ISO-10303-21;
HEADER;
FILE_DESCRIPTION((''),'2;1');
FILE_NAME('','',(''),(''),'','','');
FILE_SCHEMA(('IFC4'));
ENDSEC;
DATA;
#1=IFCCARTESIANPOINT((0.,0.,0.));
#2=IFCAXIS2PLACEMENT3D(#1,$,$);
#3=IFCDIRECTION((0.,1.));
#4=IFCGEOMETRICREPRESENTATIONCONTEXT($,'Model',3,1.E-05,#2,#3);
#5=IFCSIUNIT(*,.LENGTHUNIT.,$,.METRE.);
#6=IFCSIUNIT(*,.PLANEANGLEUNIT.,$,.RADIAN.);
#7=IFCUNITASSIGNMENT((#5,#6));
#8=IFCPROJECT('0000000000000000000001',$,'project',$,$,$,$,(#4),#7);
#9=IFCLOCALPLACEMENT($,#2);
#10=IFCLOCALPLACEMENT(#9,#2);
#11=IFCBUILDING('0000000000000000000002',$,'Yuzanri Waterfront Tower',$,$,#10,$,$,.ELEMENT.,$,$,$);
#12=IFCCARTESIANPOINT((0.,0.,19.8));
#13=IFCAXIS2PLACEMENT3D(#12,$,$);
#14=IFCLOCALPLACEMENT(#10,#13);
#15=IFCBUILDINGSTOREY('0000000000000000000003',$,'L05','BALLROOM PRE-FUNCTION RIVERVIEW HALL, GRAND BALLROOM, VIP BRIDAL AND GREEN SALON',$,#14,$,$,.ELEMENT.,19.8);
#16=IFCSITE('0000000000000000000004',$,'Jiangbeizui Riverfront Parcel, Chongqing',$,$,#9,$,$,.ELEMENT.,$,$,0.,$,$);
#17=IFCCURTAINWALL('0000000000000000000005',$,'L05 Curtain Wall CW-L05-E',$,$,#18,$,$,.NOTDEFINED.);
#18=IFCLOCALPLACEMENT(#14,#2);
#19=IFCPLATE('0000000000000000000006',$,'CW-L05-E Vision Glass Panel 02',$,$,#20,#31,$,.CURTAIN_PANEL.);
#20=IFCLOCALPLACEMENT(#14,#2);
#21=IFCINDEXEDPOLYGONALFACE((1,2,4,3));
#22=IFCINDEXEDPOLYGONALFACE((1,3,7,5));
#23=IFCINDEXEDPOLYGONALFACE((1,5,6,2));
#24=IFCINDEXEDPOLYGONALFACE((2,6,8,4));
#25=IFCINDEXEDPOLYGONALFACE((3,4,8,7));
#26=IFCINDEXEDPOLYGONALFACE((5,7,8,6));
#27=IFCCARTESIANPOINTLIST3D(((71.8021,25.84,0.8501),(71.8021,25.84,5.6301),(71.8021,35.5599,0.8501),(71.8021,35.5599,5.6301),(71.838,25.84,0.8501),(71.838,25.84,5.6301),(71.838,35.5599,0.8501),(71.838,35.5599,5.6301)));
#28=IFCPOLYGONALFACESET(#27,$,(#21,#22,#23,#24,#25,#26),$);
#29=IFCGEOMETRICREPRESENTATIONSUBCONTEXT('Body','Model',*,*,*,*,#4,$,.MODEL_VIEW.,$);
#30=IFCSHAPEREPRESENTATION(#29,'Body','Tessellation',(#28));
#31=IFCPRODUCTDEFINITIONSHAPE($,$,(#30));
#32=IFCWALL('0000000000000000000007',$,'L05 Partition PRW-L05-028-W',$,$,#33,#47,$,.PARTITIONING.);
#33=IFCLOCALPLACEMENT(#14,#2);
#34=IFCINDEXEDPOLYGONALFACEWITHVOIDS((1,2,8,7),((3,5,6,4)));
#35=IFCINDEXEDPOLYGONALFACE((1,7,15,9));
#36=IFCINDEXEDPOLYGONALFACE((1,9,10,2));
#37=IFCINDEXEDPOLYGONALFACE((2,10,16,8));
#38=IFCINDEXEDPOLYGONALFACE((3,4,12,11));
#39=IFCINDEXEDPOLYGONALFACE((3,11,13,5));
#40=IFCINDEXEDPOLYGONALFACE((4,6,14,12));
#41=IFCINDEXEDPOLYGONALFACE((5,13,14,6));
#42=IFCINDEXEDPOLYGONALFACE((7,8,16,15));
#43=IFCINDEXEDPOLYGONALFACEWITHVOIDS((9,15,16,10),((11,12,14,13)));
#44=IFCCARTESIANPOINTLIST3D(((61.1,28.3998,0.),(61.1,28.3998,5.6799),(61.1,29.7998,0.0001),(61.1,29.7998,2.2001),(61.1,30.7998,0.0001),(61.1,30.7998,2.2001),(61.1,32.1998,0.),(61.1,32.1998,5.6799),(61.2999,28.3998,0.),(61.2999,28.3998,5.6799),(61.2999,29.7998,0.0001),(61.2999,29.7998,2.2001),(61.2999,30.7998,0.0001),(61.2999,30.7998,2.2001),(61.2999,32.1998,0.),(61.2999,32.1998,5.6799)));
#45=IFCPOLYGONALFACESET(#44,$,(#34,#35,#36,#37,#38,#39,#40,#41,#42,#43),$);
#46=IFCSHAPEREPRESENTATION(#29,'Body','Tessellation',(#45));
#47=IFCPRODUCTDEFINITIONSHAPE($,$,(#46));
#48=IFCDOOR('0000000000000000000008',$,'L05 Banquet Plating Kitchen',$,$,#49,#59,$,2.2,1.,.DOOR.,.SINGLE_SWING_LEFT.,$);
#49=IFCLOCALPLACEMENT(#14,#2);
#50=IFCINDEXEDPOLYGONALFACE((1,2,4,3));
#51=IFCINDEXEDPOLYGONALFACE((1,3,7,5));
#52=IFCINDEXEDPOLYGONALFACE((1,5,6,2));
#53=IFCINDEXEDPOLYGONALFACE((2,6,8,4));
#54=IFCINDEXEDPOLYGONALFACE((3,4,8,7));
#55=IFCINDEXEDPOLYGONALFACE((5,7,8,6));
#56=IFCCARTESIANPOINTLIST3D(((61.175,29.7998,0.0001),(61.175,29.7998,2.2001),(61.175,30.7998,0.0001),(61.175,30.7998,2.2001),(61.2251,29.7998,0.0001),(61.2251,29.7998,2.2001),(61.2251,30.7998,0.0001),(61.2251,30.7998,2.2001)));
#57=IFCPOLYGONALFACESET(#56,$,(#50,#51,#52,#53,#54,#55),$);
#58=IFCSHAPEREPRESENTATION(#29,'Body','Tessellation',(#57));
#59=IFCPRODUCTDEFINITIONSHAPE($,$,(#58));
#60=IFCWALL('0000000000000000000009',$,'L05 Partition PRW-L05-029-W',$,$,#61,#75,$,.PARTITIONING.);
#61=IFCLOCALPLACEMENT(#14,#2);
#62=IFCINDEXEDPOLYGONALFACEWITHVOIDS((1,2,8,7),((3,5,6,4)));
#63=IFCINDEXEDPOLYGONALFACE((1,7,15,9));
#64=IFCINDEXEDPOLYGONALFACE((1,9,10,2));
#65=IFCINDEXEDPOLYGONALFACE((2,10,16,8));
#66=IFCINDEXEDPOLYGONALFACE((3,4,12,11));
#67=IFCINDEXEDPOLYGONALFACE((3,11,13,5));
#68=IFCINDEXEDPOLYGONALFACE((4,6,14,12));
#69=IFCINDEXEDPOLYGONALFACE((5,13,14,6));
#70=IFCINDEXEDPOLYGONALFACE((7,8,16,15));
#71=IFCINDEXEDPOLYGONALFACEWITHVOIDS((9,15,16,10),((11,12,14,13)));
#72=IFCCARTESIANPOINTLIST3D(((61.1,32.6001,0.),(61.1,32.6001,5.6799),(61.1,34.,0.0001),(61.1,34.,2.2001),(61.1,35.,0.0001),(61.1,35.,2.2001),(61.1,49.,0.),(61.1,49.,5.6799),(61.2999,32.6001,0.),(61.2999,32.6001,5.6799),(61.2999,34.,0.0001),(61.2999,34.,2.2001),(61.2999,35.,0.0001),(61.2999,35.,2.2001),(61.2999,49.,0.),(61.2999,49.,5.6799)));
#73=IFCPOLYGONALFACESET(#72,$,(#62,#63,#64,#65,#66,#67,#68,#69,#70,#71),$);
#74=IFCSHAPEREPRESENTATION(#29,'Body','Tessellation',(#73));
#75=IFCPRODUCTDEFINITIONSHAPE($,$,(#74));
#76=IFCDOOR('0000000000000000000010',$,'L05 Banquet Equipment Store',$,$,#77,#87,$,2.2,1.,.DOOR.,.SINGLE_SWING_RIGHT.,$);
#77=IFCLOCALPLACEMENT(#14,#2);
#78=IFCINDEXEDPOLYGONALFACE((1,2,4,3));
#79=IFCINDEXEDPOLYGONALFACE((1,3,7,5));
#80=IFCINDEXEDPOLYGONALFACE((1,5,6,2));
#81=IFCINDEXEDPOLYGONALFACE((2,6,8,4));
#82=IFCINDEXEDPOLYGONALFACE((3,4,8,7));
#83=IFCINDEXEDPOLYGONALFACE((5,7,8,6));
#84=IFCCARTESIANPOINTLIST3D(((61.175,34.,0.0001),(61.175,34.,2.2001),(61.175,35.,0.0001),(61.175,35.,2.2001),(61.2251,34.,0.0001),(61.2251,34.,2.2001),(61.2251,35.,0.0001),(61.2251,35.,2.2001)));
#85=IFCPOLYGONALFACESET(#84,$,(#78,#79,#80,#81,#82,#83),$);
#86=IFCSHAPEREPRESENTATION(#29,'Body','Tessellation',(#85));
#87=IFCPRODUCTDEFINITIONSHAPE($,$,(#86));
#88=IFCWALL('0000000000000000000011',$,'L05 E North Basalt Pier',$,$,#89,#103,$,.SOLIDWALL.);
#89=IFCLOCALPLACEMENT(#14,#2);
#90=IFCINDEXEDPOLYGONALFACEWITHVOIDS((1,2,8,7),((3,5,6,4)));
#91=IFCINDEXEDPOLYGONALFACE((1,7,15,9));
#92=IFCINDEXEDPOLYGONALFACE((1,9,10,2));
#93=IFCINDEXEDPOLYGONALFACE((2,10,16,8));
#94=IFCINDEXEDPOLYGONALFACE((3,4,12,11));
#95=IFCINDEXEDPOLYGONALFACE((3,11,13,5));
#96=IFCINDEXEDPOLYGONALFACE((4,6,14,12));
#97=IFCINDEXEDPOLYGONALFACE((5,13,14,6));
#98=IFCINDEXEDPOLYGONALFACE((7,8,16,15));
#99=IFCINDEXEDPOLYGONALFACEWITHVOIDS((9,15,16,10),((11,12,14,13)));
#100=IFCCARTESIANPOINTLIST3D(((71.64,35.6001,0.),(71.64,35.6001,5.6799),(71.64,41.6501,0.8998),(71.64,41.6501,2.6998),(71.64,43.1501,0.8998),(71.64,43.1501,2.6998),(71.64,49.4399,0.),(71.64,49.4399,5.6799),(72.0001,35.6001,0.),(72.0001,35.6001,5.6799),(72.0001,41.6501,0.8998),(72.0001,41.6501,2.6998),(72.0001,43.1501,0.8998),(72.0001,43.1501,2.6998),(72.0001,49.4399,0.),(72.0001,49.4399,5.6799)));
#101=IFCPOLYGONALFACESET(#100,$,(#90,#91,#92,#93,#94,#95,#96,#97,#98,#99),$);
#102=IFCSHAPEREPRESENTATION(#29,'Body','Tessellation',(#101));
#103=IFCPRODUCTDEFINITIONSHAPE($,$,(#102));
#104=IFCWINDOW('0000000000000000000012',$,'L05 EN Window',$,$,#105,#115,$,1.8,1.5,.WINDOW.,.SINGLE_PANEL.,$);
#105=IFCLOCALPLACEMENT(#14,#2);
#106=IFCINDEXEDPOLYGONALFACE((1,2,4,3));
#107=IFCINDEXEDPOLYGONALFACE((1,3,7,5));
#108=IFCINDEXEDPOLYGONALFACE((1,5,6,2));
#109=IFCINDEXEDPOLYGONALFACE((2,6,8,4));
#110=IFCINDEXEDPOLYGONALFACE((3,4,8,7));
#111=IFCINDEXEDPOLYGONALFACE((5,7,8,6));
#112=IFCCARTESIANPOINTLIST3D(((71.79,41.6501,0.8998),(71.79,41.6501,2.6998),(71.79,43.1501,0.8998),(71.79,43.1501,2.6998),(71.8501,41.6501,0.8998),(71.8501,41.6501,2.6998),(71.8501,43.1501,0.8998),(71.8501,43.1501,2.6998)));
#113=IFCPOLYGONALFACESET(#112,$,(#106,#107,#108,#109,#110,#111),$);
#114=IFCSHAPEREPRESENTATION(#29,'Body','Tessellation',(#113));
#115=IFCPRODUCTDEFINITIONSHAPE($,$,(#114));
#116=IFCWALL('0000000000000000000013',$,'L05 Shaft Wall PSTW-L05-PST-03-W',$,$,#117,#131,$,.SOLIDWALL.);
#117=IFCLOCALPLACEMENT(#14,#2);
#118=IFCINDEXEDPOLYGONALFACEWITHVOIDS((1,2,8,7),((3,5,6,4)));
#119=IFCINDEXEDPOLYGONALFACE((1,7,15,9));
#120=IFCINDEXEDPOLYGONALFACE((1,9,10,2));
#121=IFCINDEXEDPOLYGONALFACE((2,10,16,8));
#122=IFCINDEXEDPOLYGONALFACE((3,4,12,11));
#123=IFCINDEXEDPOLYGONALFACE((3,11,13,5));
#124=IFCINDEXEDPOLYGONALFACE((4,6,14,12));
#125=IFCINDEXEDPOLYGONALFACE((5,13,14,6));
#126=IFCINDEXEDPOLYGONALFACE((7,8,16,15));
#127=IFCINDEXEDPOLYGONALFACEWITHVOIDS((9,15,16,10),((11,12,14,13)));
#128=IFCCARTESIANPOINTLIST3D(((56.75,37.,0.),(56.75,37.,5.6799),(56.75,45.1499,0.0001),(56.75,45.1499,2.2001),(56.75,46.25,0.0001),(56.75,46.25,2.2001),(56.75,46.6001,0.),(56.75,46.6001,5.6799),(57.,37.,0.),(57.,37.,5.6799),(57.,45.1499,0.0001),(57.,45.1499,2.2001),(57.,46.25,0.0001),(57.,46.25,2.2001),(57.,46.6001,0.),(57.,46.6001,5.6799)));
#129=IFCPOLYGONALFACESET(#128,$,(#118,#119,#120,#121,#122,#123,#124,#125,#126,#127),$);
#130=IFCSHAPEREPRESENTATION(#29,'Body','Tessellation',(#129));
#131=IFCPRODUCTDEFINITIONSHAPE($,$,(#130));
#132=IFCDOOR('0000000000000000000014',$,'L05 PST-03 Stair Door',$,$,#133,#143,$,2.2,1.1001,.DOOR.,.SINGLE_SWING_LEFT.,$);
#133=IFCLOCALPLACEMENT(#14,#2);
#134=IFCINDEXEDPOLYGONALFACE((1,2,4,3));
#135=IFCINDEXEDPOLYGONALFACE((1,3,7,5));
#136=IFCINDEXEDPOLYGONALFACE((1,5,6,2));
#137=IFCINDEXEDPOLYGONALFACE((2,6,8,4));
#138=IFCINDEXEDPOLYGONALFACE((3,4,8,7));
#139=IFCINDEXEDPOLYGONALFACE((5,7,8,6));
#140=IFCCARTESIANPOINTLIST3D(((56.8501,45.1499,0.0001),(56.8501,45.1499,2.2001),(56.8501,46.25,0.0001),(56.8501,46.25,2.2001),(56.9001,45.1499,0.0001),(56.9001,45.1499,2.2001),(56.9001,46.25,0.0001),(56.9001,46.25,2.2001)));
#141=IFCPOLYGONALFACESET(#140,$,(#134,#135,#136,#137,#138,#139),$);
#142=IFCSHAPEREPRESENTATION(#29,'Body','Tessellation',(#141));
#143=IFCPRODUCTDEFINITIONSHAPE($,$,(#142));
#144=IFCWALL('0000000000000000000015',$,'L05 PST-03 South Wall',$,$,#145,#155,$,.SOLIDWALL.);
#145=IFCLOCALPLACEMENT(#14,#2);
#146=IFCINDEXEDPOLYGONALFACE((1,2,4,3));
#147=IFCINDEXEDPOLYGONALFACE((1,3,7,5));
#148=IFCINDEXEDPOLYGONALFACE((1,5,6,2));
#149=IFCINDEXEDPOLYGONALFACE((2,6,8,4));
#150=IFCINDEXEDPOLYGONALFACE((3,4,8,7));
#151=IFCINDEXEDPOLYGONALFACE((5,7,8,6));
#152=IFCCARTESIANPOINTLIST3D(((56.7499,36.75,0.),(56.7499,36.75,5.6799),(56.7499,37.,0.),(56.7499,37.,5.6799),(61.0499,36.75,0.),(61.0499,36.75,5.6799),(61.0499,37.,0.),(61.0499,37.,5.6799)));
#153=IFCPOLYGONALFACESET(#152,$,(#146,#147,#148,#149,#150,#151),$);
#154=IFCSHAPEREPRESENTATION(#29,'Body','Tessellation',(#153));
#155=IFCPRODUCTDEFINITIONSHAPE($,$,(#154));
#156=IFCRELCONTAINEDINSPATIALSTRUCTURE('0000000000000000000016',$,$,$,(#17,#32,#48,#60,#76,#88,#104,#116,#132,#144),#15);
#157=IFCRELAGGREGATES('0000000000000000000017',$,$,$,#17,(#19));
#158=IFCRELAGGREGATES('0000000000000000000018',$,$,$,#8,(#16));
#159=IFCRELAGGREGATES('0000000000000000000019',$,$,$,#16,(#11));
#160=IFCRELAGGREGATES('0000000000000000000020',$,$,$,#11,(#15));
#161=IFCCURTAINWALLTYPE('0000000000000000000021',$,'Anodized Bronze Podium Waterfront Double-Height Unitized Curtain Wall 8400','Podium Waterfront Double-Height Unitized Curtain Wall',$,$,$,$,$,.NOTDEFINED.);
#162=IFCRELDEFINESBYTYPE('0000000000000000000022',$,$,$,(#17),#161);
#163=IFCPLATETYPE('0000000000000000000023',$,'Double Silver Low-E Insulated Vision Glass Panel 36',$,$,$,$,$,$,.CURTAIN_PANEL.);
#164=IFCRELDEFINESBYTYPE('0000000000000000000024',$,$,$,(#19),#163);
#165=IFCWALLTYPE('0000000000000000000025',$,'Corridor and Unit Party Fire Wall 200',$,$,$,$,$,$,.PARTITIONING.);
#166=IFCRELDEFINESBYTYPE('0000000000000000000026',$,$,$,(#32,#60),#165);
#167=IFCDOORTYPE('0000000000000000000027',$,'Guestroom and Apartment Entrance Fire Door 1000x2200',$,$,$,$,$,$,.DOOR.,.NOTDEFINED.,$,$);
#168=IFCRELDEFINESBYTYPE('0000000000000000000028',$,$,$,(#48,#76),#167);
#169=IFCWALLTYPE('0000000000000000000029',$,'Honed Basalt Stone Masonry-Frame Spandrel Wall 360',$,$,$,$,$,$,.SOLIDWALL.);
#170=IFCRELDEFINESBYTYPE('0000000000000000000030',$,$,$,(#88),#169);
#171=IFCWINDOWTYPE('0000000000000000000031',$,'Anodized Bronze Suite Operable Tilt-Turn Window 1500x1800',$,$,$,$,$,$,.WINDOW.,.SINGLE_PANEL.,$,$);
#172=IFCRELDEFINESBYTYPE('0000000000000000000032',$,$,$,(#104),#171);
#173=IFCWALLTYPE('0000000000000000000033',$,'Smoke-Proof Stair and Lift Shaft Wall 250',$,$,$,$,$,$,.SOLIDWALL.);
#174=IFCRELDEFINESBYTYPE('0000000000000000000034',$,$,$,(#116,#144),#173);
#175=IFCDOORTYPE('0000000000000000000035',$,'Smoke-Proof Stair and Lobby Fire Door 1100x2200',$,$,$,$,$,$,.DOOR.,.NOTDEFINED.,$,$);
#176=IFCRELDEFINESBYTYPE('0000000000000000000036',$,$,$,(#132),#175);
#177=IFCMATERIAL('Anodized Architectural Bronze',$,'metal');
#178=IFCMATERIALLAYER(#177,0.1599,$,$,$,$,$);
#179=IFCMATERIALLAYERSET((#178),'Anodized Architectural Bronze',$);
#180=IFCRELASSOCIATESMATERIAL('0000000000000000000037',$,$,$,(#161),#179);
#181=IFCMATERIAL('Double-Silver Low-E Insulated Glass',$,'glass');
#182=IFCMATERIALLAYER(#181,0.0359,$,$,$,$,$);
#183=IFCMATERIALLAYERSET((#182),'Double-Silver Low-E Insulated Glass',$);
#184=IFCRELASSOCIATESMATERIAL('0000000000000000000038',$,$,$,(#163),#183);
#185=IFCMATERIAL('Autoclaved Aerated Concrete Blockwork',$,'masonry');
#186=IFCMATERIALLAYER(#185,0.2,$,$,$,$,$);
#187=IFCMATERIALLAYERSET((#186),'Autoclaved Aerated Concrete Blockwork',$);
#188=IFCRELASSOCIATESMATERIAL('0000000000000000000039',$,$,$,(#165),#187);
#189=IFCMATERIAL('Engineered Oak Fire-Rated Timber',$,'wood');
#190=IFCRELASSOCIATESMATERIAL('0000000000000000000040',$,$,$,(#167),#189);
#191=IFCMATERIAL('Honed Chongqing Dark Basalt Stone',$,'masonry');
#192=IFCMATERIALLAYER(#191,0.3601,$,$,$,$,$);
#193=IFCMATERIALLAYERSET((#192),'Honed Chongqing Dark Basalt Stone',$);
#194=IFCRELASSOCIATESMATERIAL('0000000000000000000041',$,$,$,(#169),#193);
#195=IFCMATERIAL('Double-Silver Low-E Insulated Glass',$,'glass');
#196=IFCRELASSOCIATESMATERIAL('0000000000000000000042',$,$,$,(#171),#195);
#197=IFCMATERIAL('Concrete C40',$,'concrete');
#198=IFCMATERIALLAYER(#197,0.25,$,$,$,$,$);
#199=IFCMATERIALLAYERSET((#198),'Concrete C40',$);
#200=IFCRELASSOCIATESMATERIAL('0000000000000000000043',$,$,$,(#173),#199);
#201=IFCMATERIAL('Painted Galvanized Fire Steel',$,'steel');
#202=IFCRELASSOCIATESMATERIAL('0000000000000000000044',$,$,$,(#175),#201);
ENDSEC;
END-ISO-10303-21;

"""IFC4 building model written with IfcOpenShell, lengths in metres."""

from ifc_helpers import new_model, si_unit, direction, frame, frame_2d, origin, origin_2d, place, context, subcontext, project, spatial, rectangle, extrude, source, transform, mapped, material, layer, layer_set, type_object, element, fill, aggregate, save


model = new_model("IFC4")

# Units and contexts
model_context = context("Model", 3, precision=1e-05, world=origin(), true_north=direction((0.0, 1.0)))
body_context = subcontext(model_context, "Body", "Model", "MODEL_VIEW")
ifc_project = project(units=[si_unit("LENGTHUNIT", "METRE"), si_unit("PLANEANGLEUNIT", "RADIAN")], contexts=[model_context])

# Site, building, storey
site_placement = place(None, origin())
site = spatial("IfcSite", under=ifc_project, at=site_placement, Name="Jiangbeizui Riverfront Parcel, Chongqing", CompositionType="ELEMENT", RefElevation=0.0)
building_placement = place(site_placement, origin())
building = spatial("IfcBuilding", under=site, at=building_placement, Name="Yuzanri Waterfront Tower", CompositionType="ELEMENT")
storey_placement = place(building_placement, frame((0.0, 0.0, 19.8)))
storey = spatial("IfcBuildingStorey", under=building, at=storey_placement, Name="L05", Description="BALLROOM PRE-FUNCTION RIVERVIEW HALL, GRAND BALLROOM, VIP BRIDAL AND GREEN SALON", CompositionType="ELEMENT", Elevation=19.8)

# Curtain wall, plate
ifc_material_1 = material(Name="Anodized Architectural Bronze", Category="metal")
ifc_layer_1 = layer(ifc_material_1, 0.1599)
ifc_layer_set_1 = layer_set([ifc_layer_1], Name="Anodized Architectural Bronze")
curtain_wall_type = type_object("IfcCurtainWallType", Name="Anodized Bronze Podium Waterfront Double-Height Unitized Curtain Wall 8400", Description="Podium Waterfront Double-Height Unitized Curtain Wall", PredefinedType="NOTDEFINED", material=ifc_layer_set_1)
curtain_wall_placement = place(storey_placement, origin())
curtain_wall = element("IfcCurtainWall", 1, at=curtain_wall_placement, inside=storey, type_object=curtain_wall_type, Name="L05 Curtain Wall CW-L05-E", PredefinedType="NOTDEFINED")
ifc_material_2 = material(Name="Double-Silver Low-E Insulated Glass", Category="glass")
ifc_layer_2 = layer(ifc_material_2, 0.0359)
ifc_layer_set_2 = layer_set([ifc_layer_2], Name="Double-Silver Low-E Insulated Glass")
plate_type_1 = type_object("IfcPlateType", Name="Double Silver Low-E Insulated Vision Glass Panel 36", PredefinedType="CURTAIN_PANEL", material=ifc_layer_set_2)
shared_shape_1 = source(origin(), body_context, "Body", "SweptSolid", [
    extrude(rectangle(XDim=9.72, YDim=0.0359, at=origin_2d()), origin(), (0.0, 0.0, 1.0), 4.78),
])
plate_1_placement = place(storey_placement, frame((71.8201, 30.7, 0.8501), z_axis=(0.0, 0.0, 1.0), x_axis=(0.0, 1.0, 0.0)))
plate_1 = element("IfcPlate", 2, at=plate_1_placement, type_object=plate_type_1, Name="CW-L05-E Vision Glass Panel 02", PredefinedType="CURTAIN_PANEL", context=body_context, shape_type="MappedRepresentation", body=[
    mapped(shared_shape_1, transform((0.0, 0.0, 0.0), scale=1.0)),
])
aggregate(curtain_wall, [plate_1])

# Walls, openings, doors
ifc_material_3 = material(Name="Autoclaved Aerated Concrete Blockwork", Category="masonry")
ifc_layer_3 = layer(ifc_material_3, 0.2)
ifc_layer_set_3 = layer_set([ifc_layer_3], Name="Autoclaved Aerated Concrete Blockwork")
wall_type_1 = type_object("IfcWallType", Name="Corridor and Unit Party Fire Wall 200", PredefinedType="PARTITIONING", material=ifc_layer_set_3)
wall_1_placement = place(storey_placement, frame((61.2, 28.3999, 0.0), z_axis=(0.0, 0.0, 1.0), x_axis=(0.0, 1.0, 0.0)))
wall_1 = element("IfcWall", 3, at=wall_1_placement, inside=storey, type_object=wall_type_1, Name="L05 Partition PRW-L05-028-W", PredefinedType="PARTITIONING", context=body_context, shape_type="SweptSolid", body=[
    extrude(rectangle(XDim=3.8, YDim=0.2, at=frame_2d((1.8999, 0.0))), origin(), (0.0, 0.0, 1.0), 5.6799),
])
opening_1_placement = place(wall_1_placement, frame((1.3999, 0.0, 0.0)))
opening_1 = element("IfcOpeningElement", 4, at=opening_1_placement, cuts=wall_1, PredefinedType="OPENING", context=body_context, shape_type="SweptSolid", body=[
    extrude(rectangle(XDim=1.0, YDim=2.2, at=frame_2d((0.5, 1.1001))), frame((0.0, 0.1147, 0.0), z_axis=(0.0, -1.0, 0.0), x_axis=(1.0, 0.0, 0.0)), (0.0, 0.0, 1.0), 0.2297),
])
ifc_material_4 = material(Name="Engineered Oak Fire-Rated Timber", Category="wood")
door_type_1 = type_object("IfcDoorType", Name="Guestroom and Apartment Entrance Fire Door 1000x2200", OperationType="NOTDEFINED", PredefinedType="DOOR", material=ifc_material_4)
shared_shape_2 = source(origin(), body_context, "Body", "SweptSolid", [
    extrude(rectangle(XDim=1.0, YDim=2.2, at=frame_2d((0.5, 1.1001))), frame((0.0, 0.0249, 0.0), z_axis=(0.0, -1.0, 0.0), x_axis=(1.0, 0.0, 0.0)), (0.0, 0.0, 1.0), 0.05),
])
door_1_placement = place(opening_1_placement, origin())
door_1 = element("IfcDoor", 5, at=door_1_placement, inside=storey, type_object=door_type_1, Name="L05 Banquet Plating Kitchen", OperationType="SINGLE_SWING_LEFT", OverallHeight=2.2, OverallWidth=1.0, PredefinedType="DOOR", context=body_context, shape_type="MappedRepresentation", body=[
    mapped(shared_shape_2, transform((0.0, 0.0, 0.0), scale=1.0)),
])
fill(opening_1, door_1)
wall_2_placement = place(storey_placement, frame((61.2, 32.6001, 0.0), z_axis=(0.0, 0.0, 1.0), x_axis=(0.0, 1.0, 0.0)))
wall_2 = element("IfcWall", 6, at=wall_2_placement, inside=storey, type_object=wall_type_1, Name="L05 Partition PRW-L05-029-W", PredefinedType="PARTITIONING", context=body_context, shape_type="SweptSolid", body=[
    extrude(rectangle(XDim=16.3999, YDim=0.2, at=frame_2d((8.2, 0.0))), origin(), (0.0, 0.0, 1.0), 5.6799),
])
opening_2_placement = place(wall_2_placement, frame((1.3999, 0.0, 0.0)))
opening_2 = element("IfcOpeningElement", 7, at=opening_2_placement, cuts=wall_2, PredefinedType="OPENING", context=body_context, shape_type="SweptSolid", body=[
    extrude(rectangle(XDim=1.0, YDim=2.2, at=frame_2d((0.5, 1.1001))), frame((0.0, 0.1147, 0.0), z_axis=(0.0, -1.0, 0.0), x_axis=(1.0, 0.0, 0.0)), (0.0, 0.0, 1.0), 0.2297),
])
door_2_placement = place(opening_2_placement, origin())
door_2 = element("IfcDoor", 8, at=door_2_placement, inside=storey, type_object=door_type_1, Name="L05 Banquet Equipment Store", OperationType="SINGLE_SWING_RIGHT", OverallHeight=2.2, OverallWidth=1.0, PredefinedType="DOOR", context=body_context, shape_type="MappedRepresentation", body=[
    mapped(shared_shape_2, transform((0.0, 0.0, 0.0), scale=1.0)),
])
fill(opening_2, door_2)

# Wall, opening, window
ifc_material_5 = material(Name="Honed Chongqing Dark Basalt Stone", Category="masonry")
ifc_layer_4 = layer(ifc_material_5, 0.3601)
ifc_layer_set_4 = layer_set([ifc_layer_4], Name="Honed Chongqing Dark Basalt Stone")
wall_type_2 = type_object("IfcWallType", Name="Honed Basalt Stone Masonry-Frame Spandrel Wall 360", PredefinedType="SOLIDWALL", material=ifc_layer_set_4)
wall_3_placement = place(storey_placement, frame((71.8201, 35.6001, 0.0), z_axis=(0.0, 0.0, 1.0), x_axis=(0.0, 1.0, 0.0)))
wall_3 = element("IfcWall", 9, at=wall_3_placement, inside=storey, type_object=wall_type_2, Name="L05 E North Basalt Pier", PredefinedType="SOLIDWALL", context=body_context, shape_type="SweptSolid", body=[
    extrude(rectangle(XDim=13.8398, YDim=0.3601, at=frame_2d((6.9199, 0.0))), origin(), (0.0, 0.0, 1.0), 5.6799),
])
opening_3_placement = place(wall_3_placement, frame((6.05, 0.0, 0.8999)))
opening_3 = element("IfcOpeningElement", 10, at=opening_3_placement, cuts=wall_3, PredefinedType="OPENING", context=body_context, shape_type="SweptSolid", body=[
    extrude(rectangle(XDim=1.5, YDim=1.8, at=frame_2d((0.75, 0.8999))), frame((0.0, 0.1948, 0.0), z_axis=(0.0, -1.0, 0.0), x_axis=(1.0, 0.0, 0.0)), (0.0, 0.0, 1.0), 0.3899),
])
ifc_material_6 = material(Name="Double-Silver Low-E Insulated Glass", Category="glass")
window_type = type_object("IfcWindowType", Name="Anodized Bronze Suite Operable Tilt-Turn Window 1500x1800", PartitioningType="SINGLE_PANEL", PredefinedType="WINDOW", material=ifc_material_6)
shared_shape_3 = source(origin(), body_context, "Body", "SweptSolid", [
    extrude(rectangle(XDim=1.5, YDim=1.8, at=frame_2d((0.75, 0.8999))), frame((0.0, 0.03, 0.0), z_axis=(0.0, -1.0, 0.0), x_axis=(1.0, 0.0, 0.0)), (0.0, 0.0, 1.0), 0.0601),
])
window_placement = place(opening_3_placement, origin())
window = element("IfcWindow", 11, at=window_placement, inside=storey, type_object=window_type, Name="L05 EN Window", OverallHeight=1.8, OverallWidth=1.5, PartitioningType="SINGLE_PANEL", PredefinedType="WINDOW", context=body_context, shape_type="MappedRepresentation", body=[
    mapped(shared_shape_3, transform((0.0, 0.0, 0.0), scale=1.0)),
])
fill(opening_3, window)

# Wall, opening, door
ifc_material_7 = material(Name="Concrete C40", Category="concrete")
ifc_layer_5 = layer(ifc_material_7, 0.25)
ifc_layer_set_5 = layer_set([ifc_layer_5], Name="Concrete C40")
wall_type_3 = type_object("IfcWallType", Name="Smoke-Proof Stair and Lift Shaft Wall 250", PredefinedType="SOLIDWALL", material=ifc_layer_set_5)
wall_4_placement = place(storey_placement, frame((56.875, 37.0, 0.0), z_axis=(0.0, 0.0, 1.0), x_axis=(0.0, 1.0, 0.0)))
wall_4 = element("IfcWall", 12, at=wall_4_placement, inside=storey, type_object=wall_type_3, Name="L05 Shaft Wall PSTW-L05-PST-03-W", PredefinedType="SOLIDWALL", context=body_context, shape_type="SweptSolid", body=[
    extrude(rectangle(XDim=9.6001, YDim=0.25, at=frame_2d((4.8, 0.0))), origin(), (0.0, 0.0, 1.0), 5.6799),
])
opening_4_placement = place(wall_4_placement, frame((8.1499, 0.0, 0.0)))
opening_4 = element("IfcOpeningElement", 13, at=opening_4_placement, cuts=wall_4, PredefinedType="OPENING", context=body_context, shape_type="SweptSolid", body=[
    extrude(rectangle(XDim=1.1001, YDim=2.2, at=frame_2d((0.55, 1.1001))), frame((0.0, 0.1399, 0.0), z_axis=(0.0, -1.0, 0.0), x_axis=(1.0, 0.0, 0.0)), (0.0, 0.0, 1.0), 0.2798),
])
ifc_material_8 = material(Name="Painted Galvanized Fire Steel", Category="steel")
door_type_2 = type_object("IfcDoorType", Name="Smoke-Proof Stair and Lobby Fire Door 1100x2200", OperationType="NOTDEFINED", PredefinedType="DOOR", material=ifc_material_8)
shared_shape_4 = source(origin(), body_context, "Body", "SweptSolid", [
    extrude(rectangle(XDim=1.1001, YDim=2.2, at=frame_2d((0.55, 1.1001))), frame((0.0, 0.0249, 0.0), z_axis=(0.0, -1.0, 0.0), x_axis=(1.0, 0.0, 0.0)), (0.0, 0.0, 1.0), 0.05),
])
door_3_placement = place(opening_4_placement, origin())
door_3 = element("IfcDoor", 14, at=door_3_placement, inside=storey, type_object=door_type_2, Name="L05 PST-03 Stair Door", OperationType="SINGLE_SWING_LEFT", OverallHeight=2.2, OverallWidth=1.1001, PredefinedType="DOOR", context=body_context, shape_type="MappedRepresentation", body=[
    mapped(shared_shape_4, transform((0.0, 0.0, 0.0), scale=1.0)),
])
fill(opening_4, door_3)

# Wall
shared_shape_5 = source(origin(), body_context, "Body", "SweptSolid", [
    extrude(rectangle(XDim=4.3, YDim=0.25, at=frame_2d((2.1499, 0.0))), origin(), (0.0, 0.0, 1.0), 5.6799),
])
wall_5_placement = place(storey_placement, frame((56.75, 36.875, 0.0), z_axis=(0.0, 0.0, 1.0), x_axis=(1.0, 0.0, 0.0)))
element("IfcWall", 15, at=wall_5_placement, inside=storey, type_object=wall_type_3, Name="L05 PST-03 South Wall", PredefinedType="SOLIDWALL", context=body_context, shape_type="MappedRepresentation", body=[
    mapped(shared_shape_5, transform((0.0, 0.0, 0.0), scale=1.0)),
])

save(model, "model.ifc")
